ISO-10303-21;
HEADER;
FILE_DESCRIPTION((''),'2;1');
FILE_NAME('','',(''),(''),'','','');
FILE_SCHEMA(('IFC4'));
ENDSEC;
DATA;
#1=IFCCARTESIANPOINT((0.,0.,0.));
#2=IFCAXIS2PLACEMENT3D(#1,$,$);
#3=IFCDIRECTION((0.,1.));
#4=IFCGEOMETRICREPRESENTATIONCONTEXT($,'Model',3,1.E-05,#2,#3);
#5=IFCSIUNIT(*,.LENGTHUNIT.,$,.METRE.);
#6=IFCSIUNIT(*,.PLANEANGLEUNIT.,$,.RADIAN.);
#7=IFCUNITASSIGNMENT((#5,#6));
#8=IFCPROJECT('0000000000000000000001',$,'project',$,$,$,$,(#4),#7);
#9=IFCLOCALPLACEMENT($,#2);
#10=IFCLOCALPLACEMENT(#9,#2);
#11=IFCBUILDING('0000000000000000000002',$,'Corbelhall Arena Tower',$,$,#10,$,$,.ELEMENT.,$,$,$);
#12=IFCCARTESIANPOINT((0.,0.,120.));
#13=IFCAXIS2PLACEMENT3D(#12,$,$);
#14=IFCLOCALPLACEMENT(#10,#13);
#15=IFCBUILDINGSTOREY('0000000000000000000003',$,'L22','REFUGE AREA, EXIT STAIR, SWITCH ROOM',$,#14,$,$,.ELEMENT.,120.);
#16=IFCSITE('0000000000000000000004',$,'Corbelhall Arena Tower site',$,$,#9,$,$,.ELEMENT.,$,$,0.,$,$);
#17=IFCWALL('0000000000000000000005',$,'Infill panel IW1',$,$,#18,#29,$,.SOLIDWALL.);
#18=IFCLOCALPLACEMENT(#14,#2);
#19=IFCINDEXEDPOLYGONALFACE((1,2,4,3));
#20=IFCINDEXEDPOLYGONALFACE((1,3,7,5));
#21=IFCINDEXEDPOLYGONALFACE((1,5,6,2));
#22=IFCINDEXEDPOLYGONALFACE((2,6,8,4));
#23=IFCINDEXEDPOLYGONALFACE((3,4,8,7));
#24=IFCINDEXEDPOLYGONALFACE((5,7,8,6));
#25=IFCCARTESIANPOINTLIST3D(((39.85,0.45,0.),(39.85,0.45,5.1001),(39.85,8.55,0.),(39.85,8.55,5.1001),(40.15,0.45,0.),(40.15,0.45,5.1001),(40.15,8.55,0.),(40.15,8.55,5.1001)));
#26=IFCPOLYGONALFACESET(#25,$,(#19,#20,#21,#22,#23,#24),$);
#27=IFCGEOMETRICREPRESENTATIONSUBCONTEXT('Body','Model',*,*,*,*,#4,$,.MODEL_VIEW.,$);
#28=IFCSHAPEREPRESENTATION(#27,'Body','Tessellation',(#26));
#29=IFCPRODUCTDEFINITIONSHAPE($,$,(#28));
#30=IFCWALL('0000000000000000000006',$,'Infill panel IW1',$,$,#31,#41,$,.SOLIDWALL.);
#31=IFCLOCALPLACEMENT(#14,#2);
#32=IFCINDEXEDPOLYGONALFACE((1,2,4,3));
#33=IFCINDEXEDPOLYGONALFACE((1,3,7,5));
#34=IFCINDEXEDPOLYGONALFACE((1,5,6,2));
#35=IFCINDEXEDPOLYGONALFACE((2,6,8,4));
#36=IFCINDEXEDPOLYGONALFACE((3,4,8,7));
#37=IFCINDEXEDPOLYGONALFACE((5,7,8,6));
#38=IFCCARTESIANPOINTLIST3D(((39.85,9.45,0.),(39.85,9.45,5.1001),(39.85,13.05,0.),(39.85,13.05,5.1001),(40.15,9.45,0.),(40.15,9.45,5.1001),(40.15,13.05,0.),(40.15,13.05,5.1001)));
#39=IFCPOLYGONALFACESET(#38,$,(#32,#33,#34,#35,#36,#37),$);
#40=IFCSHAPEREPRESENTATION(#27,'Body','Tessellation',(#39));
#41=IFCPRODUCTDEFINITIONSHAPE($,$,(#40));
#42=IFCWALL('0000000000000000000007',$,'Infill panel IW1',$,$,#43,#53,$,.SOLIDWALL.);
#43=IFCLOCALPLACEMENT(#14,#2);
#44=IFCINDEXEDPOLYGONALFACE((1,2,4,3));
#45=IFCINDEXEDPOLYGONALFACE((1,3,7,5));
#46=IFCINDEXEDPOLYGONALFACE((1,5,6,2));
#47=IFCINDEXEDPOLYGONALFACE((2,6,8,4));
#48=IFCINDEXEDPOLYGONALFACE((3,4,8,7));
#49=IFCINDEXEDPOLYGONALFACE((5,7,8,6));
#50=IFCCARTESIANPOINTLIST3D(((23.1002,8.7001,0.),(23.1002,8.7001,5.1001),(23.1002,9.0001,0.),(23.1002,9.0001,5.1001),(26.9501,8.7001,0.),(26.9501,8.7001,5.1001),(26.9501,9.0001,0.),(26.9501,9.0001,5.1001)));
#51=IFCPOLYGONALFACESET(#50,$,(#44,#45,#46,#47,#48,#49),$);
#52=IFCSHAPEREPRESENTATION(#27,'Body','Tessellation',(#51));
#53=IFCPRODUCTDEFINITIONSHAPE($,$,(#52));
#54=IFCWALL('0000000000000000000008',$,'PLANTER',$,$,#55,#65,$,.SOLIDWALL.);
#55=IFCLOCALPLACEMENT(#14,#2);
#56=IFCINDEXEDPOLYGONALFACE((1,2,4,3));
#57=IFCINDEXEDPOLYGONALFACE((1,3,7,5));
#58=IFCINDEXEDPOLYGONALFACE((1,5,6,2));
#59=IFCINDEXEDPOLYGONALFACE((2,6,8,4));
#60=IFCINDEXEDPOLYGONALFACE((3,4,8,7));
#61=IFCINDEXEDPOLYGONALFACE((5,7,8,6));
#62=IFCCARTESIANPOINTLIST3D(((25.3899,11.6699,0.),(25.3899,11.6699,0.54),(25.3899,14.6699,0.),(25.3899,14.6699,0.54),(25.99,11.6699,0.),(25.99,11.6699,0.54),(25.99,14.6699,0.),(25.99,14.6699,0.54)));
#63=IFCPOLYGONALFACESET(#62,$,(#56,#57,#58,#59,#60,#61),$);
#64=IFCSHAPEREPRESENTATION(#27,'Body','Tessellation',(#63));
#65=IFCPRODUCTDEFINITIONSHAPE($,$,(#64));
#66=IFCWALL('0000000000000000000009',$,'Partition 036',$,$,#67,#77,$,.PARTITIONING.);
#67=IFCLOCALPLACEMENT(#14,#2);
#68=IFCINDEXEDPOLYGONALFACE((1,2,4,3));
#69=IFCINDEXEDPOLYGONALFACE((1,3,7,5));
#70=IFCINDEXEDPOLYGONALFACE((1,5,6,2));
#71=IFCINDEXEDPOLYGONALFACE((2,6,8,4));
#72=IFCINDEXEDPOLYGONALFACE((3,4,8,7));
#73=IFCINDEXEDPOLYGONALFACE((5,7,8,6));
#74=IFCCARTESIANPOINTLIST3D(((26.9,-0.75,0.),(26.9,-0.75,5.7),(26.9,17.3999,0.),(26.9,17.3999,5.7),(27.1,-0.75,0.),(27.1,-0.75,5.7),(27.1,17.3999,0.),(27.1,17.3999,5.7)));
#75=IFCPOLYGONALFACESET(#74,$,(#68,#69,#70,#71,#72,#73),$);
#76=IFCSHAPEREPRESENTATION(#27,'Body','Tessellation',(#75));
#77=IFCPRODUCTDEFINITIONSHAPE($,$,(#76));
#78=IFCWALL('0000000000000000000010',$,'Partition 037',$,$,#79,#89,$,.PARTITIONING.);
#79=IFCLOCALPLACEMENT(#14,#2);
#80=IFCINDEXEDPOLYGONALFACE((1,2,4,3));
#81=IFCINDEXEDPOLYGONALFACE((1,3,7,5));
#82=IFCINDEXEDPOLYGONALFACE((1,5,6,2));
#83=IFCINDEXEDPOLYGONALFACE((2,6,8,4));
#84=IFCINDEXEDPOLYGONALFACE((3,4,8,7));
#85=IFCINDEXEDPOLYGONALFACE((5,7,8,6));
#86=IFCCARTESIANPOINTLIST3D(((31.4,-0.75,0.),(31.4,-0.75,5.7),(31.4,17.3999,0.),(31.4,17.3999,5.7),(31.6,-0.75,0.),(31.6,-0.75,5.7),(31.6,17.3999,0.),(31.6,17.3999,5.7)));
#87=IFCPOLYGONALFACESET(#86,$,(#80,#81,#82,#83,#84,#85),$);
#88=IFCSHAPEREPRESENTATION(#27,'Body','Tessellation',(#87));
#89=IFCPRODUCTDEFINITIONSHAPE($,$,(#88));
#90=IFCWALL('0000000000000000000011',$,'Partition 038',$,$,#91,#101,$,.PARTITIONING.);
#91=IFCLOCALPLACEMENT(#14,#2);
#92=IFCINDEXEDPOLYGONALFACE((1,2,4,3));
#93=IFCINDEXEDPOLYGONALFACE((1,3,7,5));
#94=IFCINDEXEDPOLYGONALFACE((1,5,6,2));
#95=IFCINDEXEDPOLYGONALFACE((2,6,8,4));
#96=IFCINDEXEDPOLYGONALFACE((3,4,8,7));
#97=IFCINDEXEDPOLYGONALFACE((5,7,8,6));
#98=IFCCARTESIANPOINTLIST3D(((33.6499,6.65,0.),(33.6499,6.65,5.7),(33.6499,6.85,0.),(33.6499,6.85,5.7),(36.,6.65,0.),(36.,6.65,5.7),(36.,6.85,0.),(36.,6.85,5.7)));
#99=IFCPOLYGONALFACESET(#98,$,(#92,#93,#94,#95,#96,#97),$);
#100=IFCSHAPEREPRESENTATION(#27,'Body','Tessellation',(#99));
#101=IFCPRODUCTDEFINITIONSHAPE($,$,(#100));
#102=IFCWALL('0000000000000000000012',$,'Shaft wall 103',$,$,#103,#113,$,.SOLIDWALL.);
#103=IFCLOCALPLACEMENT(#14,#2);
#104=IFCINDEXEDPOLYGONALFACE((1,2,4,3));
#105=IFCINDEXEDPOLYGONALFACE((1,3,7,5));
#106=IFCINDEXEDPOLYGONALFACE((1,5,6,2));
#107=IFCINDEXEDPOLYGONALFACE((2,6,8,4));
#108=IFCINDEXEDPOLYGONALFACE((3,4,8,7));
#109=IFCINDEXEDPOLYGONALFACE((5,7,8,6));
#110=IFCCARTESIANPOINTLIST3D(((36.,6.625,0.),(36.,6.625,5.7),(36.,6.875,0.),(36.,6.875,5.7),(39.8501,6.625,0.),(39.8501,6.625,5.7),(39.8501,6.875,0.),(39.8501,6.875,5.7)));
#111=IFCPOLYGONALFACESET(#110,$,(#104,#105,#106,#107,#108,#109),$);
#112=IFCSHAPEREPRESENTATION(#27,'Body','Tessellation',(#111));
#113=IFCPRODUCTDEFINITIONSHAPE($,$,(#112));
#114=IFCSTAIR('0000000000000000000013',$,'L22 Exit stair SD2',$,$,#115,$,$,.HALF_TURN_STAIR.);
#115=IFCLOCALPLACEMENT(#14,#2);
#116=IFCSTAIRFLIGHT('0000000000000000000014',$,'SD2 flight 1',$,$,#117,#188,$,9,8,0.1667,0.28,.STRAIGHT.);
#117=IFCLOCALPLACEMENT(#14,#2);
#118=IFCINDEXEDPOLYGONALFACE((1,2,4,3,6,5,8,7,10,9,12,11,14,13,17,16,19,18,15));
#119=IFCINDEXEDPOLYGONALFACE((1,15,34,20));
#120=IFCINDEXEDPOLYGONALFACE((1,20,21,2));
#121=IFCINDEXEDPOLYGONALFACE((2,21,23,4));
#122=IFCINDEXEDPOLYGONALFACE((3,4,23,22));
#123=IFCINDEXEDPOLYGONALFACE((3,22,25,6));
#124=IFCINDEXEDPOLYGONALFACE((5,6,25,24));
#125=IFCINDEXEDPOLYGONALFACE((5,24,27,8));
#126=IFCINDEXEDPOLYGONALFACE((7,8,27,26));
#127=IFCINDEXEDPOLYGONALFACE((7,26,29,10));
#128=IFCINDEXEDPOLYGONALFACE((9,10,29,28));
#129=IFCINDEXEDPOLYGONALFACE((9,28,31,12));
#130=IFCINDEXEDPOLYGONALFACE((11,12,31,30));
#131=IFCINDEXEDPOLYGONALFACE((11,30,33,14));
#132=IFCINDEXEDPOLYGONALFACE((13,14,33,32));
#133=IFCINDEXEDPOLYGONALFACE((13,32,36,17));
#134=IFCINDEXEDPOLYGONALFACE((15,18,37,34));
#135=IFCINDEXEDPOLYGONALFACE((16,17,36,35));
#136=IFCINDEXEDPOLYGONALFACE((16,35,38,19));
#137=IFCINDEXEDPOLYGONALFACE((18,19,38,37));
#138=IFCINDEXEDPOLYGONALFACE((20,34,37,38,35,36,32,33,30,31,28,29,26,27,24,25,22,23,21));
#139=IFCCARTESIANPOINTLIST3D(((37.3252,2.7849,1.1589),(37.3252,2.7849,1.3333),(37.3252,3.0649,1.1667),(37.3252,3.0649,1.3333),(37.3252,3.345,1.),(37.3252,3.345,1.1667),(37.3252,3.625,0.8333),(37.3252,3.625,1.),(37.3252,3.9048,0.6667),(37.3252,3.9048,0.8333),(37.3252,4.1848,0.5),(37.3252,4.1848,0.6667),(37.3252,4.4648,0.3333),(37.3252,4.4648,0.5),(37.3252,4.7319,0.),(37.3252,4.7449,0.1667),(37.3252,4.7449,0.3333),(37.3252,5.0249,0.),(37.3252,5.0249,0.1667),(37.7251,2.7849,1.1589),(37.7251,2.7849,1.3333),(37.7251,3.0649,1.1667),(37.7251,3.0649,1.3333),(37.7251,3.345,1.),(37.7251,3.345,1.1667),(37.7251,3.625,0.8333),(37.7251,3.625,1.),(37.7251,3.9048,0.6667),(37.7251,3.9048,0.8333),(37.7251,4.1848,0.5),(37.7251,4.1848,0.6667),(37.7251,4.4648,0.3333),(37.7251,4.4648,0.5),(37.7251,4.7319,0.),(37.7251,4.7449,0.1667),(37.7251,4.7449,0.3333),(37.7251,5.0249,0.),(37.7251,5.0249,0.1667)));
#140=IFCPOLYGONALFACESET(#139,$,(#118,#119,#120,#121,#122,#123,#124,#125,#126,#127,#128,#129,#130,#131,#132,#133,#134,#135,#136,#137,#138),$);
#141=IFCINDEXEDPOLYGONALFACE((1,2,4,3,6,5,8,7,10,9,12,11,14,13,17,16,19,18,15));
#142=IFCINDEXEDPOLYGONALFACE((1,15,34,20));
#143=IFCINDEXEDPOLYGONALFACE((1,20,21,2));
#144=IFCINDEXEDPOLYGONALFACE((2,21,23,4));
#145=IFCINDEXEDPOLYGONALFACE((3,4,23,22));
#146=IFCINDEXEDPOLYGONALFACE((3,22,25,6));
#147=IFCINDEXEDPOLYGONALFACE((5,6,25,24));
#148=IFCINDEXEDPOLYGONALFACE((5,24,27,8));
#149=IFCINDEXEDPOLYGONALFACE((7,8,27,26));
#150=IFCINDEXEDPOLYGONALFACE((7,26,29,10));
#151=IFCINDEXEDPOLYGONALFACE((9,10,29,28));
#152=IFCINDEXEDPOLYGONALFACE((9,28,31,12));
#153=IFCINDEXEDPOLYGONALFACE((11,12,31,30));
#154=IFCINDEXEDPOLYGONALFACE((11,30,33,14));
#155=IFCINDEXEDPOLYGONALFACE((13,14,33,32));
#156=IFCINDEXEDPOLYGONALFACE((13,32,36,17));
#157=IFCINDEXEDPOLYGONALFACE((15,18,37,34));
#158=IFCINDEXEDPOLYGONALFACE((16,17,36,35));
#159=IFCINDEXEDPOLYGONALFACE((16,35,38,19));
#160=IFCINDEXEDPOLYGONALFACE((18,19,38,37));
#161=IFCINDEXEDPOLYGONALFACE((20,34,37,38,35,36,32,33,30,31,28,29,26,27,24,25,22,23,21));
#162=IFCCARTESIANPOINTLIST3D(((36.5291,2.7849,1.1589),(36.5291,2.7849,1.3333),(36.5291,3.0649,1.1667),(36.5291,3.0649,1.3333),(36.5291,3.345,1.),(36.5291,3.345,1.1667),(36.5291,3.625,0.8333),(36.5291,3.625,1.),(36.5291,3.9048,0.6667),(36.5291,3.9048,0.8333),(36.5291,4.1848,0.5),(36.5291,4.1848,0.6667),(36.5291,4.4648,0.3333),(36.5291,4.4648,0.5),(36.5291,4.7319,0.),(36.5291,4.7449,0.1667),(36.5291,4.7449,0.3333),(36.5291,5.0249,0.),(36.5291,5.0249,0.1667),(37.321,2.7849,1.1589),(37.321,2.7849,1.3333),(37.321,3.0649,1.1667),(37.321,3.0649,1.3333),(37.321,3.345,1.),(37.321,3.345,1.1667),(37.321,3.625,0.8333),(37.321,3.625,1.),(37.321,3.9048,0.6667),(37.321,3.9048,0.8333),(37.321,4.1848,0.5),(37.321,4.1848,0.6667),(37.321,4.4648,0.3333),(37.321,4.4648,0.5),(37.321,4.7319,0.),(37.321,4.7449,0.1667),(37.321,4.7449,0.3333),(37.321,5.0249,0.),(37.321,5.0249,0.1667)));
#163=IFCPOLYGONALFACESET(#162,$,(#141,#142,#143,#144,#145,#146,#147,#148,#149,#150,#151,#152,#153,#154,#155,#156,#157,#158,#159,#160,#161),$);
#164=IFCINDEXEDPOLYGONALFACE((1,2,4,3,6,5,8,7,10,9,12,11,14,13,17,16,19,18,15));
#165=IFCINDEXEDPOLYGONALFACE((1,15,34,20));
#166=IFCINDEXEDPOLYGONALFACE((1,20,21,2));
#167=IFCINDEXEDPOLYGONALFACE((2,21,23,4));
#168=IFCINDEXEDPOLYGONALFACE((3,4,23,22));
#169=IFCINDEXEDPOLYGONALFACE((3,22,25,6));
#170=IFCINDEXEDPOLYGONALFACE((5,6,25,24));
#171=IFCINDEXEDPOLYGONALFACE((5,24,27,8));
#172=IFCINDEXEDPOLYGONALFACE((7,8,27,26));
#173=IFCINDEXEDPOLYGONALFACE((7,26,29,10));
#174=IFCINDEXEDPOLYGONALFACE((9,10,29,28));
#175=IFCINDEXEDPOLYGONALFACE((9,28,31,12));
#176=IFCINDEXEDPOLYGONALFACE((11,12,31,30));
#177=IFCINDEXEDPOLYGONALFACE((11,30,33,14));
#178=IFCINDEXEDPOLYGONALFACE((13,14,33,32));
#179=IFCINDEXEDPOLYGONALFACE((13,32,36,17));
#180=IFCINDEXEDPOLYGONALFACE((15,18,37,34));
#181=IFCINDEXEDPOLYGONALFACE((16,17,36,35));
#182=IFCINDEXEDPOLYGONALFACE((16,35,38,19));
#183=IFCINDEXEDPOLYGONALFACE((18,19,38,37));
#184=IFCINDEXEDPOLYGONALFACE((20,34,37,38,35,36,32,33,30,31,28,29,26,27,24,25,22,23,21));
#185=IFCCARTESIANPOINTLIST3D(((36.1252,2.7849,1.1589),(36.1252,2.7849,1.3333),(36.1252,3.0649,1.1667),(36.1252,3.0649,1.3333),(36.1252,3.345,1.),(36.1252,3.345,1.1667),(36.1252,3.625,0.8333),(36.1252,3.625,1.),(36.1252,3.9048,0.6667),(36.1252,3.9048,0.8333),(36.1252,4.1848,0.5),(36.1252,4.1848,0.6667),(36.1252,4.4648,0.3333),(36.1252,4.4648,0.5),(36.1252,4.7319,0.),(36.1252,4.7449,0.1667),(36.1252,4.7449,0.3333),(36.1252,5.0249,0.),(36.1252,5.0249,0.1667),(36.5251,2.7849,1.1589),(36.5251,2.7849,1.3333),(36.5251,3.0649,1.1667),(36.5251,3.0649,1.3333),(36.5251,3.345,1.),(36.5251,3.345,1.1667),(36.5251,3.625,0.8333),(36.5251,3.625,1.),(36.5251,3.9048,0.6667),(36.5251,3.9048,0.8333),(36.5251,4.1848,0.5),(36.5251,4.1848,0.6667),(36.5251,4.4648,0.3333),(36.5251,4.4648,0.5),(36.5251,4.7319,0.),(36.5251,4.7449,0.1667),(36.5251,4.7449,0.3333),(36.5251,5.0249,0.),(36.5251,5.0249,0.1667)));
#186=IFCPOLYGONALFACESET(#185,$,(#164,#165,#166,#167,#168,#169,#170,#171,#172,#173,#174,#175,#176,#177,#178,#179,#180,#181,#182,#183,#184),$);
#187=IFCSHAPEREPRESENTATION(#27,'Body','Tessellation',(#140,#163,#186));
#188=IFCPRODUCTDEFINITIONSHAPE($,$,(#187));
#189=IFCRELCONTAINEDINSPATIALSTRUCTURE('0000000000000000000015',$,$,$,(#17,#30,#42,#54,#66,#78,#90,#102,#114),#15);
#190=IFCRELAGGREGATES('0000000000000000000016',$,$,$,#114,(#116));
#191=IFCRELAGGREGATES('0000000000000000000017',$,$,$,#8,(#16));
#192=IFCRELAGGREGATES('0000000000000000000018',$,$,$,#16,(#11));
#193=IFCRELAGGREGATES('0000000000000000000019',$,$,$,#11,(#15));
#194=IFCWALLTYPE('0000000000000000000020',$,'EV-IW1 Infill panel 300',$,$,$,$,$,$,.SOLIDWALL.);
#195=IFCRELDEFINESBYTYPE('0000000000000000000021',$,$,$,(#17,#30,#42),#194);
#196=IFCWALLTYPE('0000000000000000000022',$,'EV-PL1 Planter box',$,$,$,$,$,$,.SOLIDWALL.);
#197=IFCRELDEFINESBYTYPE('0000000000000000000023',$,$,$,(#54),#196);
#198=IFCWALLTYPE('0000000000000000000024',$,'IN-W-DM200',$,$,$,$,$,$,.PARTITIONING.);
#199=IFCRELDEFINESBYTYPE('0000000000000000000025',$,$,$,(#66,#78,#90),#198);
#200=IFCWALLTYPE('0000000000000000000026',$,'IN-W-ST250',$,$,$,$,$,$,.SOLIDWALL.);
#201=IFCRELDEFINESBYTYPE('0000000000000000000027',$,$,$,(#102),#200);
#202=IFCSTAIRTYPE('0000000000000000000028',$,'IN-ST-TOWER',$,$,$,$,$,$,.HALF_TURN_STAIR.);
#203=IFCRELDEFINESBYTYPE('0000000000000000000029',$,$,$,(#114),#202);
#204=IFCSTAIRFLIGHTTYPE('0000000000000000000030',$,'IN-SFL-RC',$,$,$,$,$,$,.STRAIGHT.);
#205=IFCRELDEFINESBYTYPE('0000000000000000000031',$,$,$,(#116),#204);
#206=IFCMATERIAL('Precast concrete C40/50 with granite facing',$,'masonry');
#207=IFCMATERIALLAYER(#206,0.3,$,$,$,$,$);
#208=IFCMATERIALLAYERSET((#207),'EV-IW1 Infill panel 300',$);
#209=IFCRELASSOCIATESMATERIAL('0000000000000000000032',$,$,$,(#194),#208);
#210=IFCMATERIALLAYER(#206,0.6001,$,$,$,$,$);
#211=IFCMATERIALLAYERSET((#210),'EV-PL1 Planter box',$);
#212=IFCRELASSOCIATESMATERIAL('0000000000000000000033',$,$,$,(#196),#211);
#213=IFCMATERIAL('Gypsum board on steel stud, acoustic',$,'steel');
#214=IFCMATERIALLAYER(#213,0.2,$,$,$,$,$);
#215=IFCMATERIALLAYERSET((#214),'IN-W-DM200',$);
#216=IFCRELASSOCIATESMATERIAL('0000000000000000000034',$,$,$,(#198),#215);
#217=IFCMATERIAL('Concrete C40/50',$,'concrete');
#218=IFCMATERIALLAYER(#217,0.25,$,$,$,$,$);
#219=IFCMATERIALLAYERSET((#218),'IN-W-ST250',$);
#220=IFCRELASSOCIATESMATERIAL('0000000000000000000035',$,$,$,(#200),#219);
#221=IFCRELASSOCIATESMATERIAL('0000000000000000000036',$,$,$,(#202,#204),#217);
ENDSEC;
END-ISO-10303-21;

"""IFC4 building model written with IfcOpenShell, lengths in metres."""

from ifc_helpers import new_model, si_unit, direction, frame, frame_2d, origin, place, context, subcontext, project, spatial, polyline, rectangle, outline, extrude, material, layer, layer_set, type_object, element, aggregate, save


model = new_model("IFC4")

# Units and contexts
model_context = context("Model", 3, precision=1e-05, world=origin(), true_north=direction((0.0, 1.0)))
body_context = subcontext(model_context, "Body", "Model", "MODEL_VIEW")
ifc_project = project(units=[si_unit("LENGTHUNIT", "METRE"), si_unit("PLANEANGLEUNIT", "RADIAN")], contexts=[model_context])

# Site, building, storey
site_placement = place(None, origin())
site = spatial("IfcSite", under=ifc_project, at=site_placement, Name="Corbelhall Arena Tower site", CompositionType="ELEMENT", RefElevation=0.0)
building_placement = place(site_placement, origin())
building = spatial("IfcBuilding", under=site, at=building_placement, Name="Corbelhall Arena Tower", CompositionType="ELEMENT")
storey_placement = place(building_placement, frame((0.0, 0.0, 120.0)))
storey = spatial("IfcBuildingStorey", under=building, at=storey_placement, Name="L22", Description="REFUGE AREA, EXIT STAIR, SWITCH ROOM", CompositionType="ELEMENT", Elevation=120.0)

# Walls
ifc_material_1 = material(Name="Precast concrete C40/50 with granite facing", Category="masonry")
ifc_layer_1 = layer(ifc_material_1, 0.3)
ifc_layer_set_1 = layer_set([ifc_layer_1], Name="EV-IW1 Infill panel 300")
wall_type_1 = type_object("IfcWallType", Name="EV-IW1 Infill panel 300", PredefinedType="SOLIDWALL", material=ifc_layer_set_1)
wall_1_placement = place(storey_placement, frame((40.0, 0.45, 0.0), z_axis=(0.0, 0.0, 1.0), x_axis=(0.0, 1.0, 0.0)))
element("IfcWall", 1, at=wall_1_placement, inside=storey, type_object=wall_type_1, Name="Infill panel IW1", PredefinedType="SOLIDWALL", context=body_context, shape_type="SweptSolid", body=[
    extrude(rectangle(XDim=8.1001, YDim=0.3, at=frame_2d((4.05, 0.0))), origin(), (0.0, 0.0, 1.0), 5.1001),
])
wall_2_placement = place(storey_placement, frame((40.0, 9.45, 0.0), z_axis=(0.0, 0.0, 1.0), x_axis=(0.0, 1.0, 0.0)))
element("IfcWall", 2, at=wall_2_placement, inside=storey, type_object=wall_type_1, Name="Infill panel IW1", PredefinedType="SOLIDWALL", context=body_context, shape_type="SweptSolid", body=[
    extrude(rectangle(XDim=3.6001, YDim=0.3, at=frame_2d((1.8, 0.0))), origin(), (0.0, 0.0, 1.0), 5.1001),
])
wall_3_placement = place(storey_placement, frame((26.95, 8.8501, 0.0), z_axis=(0.0, 0.0, 1.0), x_axis=(-1.0, 0.0, 0.0)))
element("IfcWall", 3, at=wall_3_placement, inside=storey, type_object=wall_type_1, Name="Infill panel IW1", PredefinedType="SOLIDWALL", context=body_context, shape_type="SweptSolid", body=[
    extrude(rectangle(XDim=3.8499, YDim=0.3, at=frame_2d((1.9248, 0.0))), origin(), (0.0, 0.0, 1.0), 5.1001),
])
ifc_layer_2 = layer(ifc_material_1, 0.6001)
ifc_layer_set_2 = layer_set([ifc_layer_2], Name="EV-PL1 Planter box")
wall_type_2 = type_object("IfcWallType", Name="EV-PL1 Planter box", PredefinedType="SOLIDWALL", material=ifc_layer_set_2)
wall_4_placement = place(storey_placement, frame((25.6899, 14.6699, 0.0), z_axis=(0.0, 0.0, 1.0), x_axis=(0.0, -1.0, 0.0)))
element("IfcWall", 4, at=wall_4_placement, inside=storey, type_object=wall_type_2, Name="PLANTER", PredefinedType="SOLIDWALL", context=body_context, shape_type="SweptSolid", body=[
    extrude(rectangle(XDim=3.0, YDim=0.6001, at=frame_2d((1.5, 0.0))), origin(), (0.0, 0.0, 1.0), 0.54),
])
ifc_material_2 = material(Name="Gypsum board on steel stud, acoustic", Category="steel")
ifc_layer_3 = layer(ifc_material_2, 0.2)
ifc_layer_set_3 = layer_set([ifc_layer_3], Name="IN-W-DM200")
wall_type_3 = type_object("IfcWallType", Name="IN-W-DM200", PredefinedType="PARTITIONING", material=ifc_layer_set_3)
for number, where, z_axis, x_axis, name in (
    (5, (27.0, 17.3999, 0.0), (0.0, 0.0, 1.0), (0.0, -1.0, 0.0), "Partition 036"),
    (6, (31.5, 17.3999, 0.0), (0.0, 0.0, 1.0), (0.0, -1.0, 0.0), "Partition 037"),
):
    element("IfcWall", number, at=place(storey_placement, frame(where, z_axis=z_axis, x_axis=x_axis)), inside=storey, type_object=wall_type_3, Name=name, PredefinedType="PARTITIONING", context=body_context, shape_type="SweptSolid", body=[
        extrude(rectangle(XDim=18.1499, YDim=0.2, at=frame_2d((9.075, 0.0))), origin(), (0.0, 0.0, 1.0), 5.7),
    ])
wall_5_placement = place(storey_placement, frame((33.6499, 6.75, 0.0), z_axis=(0.0, 0.0, 1.0), x_axis=(1.0, 0.0, 0.0)))
element("IfcWall", 7, at=wall_5_placement, inside=storey, type_object=wall_type_3, Name="Partition 038", PredefinedType="PARTITIONING", context=body_context, shape_type="SweptSolid", body=[
    extrude(rectangle(XDim=2.3501, YDim=0.2, at=frame_2d((1.175, 0.0))), origin(), (0.0, 0.0, 1.0), 5.7),
])
ifc_material_3 = material(Name="Concrete C40/50", Category="concrete")
ifc_layer_4 = layer(ifc_material_3, 0.25)
ifc_layer_set_4 = layer_set([ifc_layer_4], Name="IN-W-ST250")
wall_type_4 = type_object("IfcWallType", Name="IN-W-ST250", PredefinedType="SOLIDWALL", material=ifc_layer_set_4)
wall_6_placement = place(storey_placement, frame((36.0, 6.75, 0.0), z_axis=(0.0, 0.0, 1.0), x_axis=(1.0, 0.0, 0.0)))
element("IfcWall", 8, at=wall_6_placement, inside=storey, type_object=wall_type_4, Name="Shaft wall 103", PredefinedType="SOLIDWALL", context=body_context, shape_type="SweptSolid", body=[
    extrude(rectangle(XDim=3.8501, YDim=0.25, at=frame_2d((1.925, 0.0))), origin(), (0.0, 0.0, 1.0), 5.7),
])

# Stair, stair flight
stair_type = type_object("IfcStairType", Name="IN-ST-TOWER", PredefinedType="HALF_TURN_STAIR", material=ifc_material_3)
stair_placement = place(storey_placement, origin())
stair = element("IfcStair", 9, at=stair_placement, inside=storey, type_object=stair_type, Name="L22 Exit stair SD2", PredefinedType="HALF_TURN_STAIR")
stair_flight_type = type_object("IfcStairFlightType", Name="IN-SFL-RC", PredefinedType="STRAIGHT", material=ifc_material_3)
stair_flight_1_placement = place(storey_placement, frame((36.925, 5.0249, 0.0), z_axis=(0.0, 0.0, 1.0), x_axis=(0.0, -1.0, 0.0)))
stair_flight_1 = element("IfcStairFlight", 10, at=stair_flight_1_placement, type_object=stair_flight_type, Name="SD2 flight 1", NumberOfRisers=9, NumberOfTreads=8, PredefinedType="STRAIGHT", RiserHeight=0.1667, TreadLength=0.28, context=body_context, shape_type="SweptSolid", body=[
    extrude(outline(polyline([(0.0, 0.0), (0.0, 0.1667), (0.28, 0.1667), (0.28, 0.3333), (0.5601, 0.3333), (0.5601, 0.5), (0.8401, 0.5), (0.8401, 0.6667), (1.1201, 0.6667), (1.1201, 0.8333), (1.3999, 0.8333), (1.3999, 1.0), (1.6799, 1.0), (1.6799, 1.1667), (1.96, 1.1667), (1.96, 1.3333), (2.24, 1.3333), (2.24, 1.5), (2.24, 1.1589), (0.293, 0.0), (0.0, 0.0)])), frame((0.0, 0.8, 0.0), z_axis=(0.0, -1.0, 0.0), x_axis=(1.0, 0.0, 0.0)), (0.0, 0.0, 1.0), 0.3999),
    extrude(outline(polyline([(0.0, 0.0), (0.0, 0.1667), (0.28, 0.1667), (0.28, 0.3333), (0.5601, 0.3333), (0.5601, 0.5), (0.8401, 0.5), (0.8401, 0.6667), (1.1201, 0.6667), (1.1201, 0.8333), (1.3999, 0.8333), (1.3999, 1.0), (1.6799, 1.0), (1.6799, 1.1667), (1.96, 1.1667), (1.96, 1.3333), (2.24, 1.3333), (2.24, 1.5), (2.24, 1.1589), (0.293, 0.0), (0.0, 0.0)])), frame((0.0, 0.396, 0.0), z_axis=(0.0, -1.0, 0.0), x_axis=(1.0, 0.0, 0.0)), (0.0, 0.0, 1.0), 0.792),
    extrude(outline(polyline([(0.0, 0.0), (0.0, 0.1667), (0.28, 0.1667), (0.28, 0.3333), (0.5601, 0.3333), (0.5601, 0.5), (0.8401, 0.5), (0.8401, 0.6667), (1.1201, 0.6667), (1.1201, 0.8333), (1.3999, 0.8333), (1.3999, 1.0), (1.6799, 1.0), (1.6799, 1.1667), (1.96, 1.1667), (1.96, 1.3333), (2.24, 1.3333), (2.24, 1.5), (2.24, 1.1589), (0.293, 0.0), (0.0, 0.0)])), frame((0.0, -0.3999, 0.0), z_axis=(0.0, -1.0, 0.0), x_axis=(1.0, 0.0, 0.0)), (0.0, 0.0, 1.0), 0.3999),
])
aggregate(stair, [stair_flight_1])

save(model, "model.ifc")
